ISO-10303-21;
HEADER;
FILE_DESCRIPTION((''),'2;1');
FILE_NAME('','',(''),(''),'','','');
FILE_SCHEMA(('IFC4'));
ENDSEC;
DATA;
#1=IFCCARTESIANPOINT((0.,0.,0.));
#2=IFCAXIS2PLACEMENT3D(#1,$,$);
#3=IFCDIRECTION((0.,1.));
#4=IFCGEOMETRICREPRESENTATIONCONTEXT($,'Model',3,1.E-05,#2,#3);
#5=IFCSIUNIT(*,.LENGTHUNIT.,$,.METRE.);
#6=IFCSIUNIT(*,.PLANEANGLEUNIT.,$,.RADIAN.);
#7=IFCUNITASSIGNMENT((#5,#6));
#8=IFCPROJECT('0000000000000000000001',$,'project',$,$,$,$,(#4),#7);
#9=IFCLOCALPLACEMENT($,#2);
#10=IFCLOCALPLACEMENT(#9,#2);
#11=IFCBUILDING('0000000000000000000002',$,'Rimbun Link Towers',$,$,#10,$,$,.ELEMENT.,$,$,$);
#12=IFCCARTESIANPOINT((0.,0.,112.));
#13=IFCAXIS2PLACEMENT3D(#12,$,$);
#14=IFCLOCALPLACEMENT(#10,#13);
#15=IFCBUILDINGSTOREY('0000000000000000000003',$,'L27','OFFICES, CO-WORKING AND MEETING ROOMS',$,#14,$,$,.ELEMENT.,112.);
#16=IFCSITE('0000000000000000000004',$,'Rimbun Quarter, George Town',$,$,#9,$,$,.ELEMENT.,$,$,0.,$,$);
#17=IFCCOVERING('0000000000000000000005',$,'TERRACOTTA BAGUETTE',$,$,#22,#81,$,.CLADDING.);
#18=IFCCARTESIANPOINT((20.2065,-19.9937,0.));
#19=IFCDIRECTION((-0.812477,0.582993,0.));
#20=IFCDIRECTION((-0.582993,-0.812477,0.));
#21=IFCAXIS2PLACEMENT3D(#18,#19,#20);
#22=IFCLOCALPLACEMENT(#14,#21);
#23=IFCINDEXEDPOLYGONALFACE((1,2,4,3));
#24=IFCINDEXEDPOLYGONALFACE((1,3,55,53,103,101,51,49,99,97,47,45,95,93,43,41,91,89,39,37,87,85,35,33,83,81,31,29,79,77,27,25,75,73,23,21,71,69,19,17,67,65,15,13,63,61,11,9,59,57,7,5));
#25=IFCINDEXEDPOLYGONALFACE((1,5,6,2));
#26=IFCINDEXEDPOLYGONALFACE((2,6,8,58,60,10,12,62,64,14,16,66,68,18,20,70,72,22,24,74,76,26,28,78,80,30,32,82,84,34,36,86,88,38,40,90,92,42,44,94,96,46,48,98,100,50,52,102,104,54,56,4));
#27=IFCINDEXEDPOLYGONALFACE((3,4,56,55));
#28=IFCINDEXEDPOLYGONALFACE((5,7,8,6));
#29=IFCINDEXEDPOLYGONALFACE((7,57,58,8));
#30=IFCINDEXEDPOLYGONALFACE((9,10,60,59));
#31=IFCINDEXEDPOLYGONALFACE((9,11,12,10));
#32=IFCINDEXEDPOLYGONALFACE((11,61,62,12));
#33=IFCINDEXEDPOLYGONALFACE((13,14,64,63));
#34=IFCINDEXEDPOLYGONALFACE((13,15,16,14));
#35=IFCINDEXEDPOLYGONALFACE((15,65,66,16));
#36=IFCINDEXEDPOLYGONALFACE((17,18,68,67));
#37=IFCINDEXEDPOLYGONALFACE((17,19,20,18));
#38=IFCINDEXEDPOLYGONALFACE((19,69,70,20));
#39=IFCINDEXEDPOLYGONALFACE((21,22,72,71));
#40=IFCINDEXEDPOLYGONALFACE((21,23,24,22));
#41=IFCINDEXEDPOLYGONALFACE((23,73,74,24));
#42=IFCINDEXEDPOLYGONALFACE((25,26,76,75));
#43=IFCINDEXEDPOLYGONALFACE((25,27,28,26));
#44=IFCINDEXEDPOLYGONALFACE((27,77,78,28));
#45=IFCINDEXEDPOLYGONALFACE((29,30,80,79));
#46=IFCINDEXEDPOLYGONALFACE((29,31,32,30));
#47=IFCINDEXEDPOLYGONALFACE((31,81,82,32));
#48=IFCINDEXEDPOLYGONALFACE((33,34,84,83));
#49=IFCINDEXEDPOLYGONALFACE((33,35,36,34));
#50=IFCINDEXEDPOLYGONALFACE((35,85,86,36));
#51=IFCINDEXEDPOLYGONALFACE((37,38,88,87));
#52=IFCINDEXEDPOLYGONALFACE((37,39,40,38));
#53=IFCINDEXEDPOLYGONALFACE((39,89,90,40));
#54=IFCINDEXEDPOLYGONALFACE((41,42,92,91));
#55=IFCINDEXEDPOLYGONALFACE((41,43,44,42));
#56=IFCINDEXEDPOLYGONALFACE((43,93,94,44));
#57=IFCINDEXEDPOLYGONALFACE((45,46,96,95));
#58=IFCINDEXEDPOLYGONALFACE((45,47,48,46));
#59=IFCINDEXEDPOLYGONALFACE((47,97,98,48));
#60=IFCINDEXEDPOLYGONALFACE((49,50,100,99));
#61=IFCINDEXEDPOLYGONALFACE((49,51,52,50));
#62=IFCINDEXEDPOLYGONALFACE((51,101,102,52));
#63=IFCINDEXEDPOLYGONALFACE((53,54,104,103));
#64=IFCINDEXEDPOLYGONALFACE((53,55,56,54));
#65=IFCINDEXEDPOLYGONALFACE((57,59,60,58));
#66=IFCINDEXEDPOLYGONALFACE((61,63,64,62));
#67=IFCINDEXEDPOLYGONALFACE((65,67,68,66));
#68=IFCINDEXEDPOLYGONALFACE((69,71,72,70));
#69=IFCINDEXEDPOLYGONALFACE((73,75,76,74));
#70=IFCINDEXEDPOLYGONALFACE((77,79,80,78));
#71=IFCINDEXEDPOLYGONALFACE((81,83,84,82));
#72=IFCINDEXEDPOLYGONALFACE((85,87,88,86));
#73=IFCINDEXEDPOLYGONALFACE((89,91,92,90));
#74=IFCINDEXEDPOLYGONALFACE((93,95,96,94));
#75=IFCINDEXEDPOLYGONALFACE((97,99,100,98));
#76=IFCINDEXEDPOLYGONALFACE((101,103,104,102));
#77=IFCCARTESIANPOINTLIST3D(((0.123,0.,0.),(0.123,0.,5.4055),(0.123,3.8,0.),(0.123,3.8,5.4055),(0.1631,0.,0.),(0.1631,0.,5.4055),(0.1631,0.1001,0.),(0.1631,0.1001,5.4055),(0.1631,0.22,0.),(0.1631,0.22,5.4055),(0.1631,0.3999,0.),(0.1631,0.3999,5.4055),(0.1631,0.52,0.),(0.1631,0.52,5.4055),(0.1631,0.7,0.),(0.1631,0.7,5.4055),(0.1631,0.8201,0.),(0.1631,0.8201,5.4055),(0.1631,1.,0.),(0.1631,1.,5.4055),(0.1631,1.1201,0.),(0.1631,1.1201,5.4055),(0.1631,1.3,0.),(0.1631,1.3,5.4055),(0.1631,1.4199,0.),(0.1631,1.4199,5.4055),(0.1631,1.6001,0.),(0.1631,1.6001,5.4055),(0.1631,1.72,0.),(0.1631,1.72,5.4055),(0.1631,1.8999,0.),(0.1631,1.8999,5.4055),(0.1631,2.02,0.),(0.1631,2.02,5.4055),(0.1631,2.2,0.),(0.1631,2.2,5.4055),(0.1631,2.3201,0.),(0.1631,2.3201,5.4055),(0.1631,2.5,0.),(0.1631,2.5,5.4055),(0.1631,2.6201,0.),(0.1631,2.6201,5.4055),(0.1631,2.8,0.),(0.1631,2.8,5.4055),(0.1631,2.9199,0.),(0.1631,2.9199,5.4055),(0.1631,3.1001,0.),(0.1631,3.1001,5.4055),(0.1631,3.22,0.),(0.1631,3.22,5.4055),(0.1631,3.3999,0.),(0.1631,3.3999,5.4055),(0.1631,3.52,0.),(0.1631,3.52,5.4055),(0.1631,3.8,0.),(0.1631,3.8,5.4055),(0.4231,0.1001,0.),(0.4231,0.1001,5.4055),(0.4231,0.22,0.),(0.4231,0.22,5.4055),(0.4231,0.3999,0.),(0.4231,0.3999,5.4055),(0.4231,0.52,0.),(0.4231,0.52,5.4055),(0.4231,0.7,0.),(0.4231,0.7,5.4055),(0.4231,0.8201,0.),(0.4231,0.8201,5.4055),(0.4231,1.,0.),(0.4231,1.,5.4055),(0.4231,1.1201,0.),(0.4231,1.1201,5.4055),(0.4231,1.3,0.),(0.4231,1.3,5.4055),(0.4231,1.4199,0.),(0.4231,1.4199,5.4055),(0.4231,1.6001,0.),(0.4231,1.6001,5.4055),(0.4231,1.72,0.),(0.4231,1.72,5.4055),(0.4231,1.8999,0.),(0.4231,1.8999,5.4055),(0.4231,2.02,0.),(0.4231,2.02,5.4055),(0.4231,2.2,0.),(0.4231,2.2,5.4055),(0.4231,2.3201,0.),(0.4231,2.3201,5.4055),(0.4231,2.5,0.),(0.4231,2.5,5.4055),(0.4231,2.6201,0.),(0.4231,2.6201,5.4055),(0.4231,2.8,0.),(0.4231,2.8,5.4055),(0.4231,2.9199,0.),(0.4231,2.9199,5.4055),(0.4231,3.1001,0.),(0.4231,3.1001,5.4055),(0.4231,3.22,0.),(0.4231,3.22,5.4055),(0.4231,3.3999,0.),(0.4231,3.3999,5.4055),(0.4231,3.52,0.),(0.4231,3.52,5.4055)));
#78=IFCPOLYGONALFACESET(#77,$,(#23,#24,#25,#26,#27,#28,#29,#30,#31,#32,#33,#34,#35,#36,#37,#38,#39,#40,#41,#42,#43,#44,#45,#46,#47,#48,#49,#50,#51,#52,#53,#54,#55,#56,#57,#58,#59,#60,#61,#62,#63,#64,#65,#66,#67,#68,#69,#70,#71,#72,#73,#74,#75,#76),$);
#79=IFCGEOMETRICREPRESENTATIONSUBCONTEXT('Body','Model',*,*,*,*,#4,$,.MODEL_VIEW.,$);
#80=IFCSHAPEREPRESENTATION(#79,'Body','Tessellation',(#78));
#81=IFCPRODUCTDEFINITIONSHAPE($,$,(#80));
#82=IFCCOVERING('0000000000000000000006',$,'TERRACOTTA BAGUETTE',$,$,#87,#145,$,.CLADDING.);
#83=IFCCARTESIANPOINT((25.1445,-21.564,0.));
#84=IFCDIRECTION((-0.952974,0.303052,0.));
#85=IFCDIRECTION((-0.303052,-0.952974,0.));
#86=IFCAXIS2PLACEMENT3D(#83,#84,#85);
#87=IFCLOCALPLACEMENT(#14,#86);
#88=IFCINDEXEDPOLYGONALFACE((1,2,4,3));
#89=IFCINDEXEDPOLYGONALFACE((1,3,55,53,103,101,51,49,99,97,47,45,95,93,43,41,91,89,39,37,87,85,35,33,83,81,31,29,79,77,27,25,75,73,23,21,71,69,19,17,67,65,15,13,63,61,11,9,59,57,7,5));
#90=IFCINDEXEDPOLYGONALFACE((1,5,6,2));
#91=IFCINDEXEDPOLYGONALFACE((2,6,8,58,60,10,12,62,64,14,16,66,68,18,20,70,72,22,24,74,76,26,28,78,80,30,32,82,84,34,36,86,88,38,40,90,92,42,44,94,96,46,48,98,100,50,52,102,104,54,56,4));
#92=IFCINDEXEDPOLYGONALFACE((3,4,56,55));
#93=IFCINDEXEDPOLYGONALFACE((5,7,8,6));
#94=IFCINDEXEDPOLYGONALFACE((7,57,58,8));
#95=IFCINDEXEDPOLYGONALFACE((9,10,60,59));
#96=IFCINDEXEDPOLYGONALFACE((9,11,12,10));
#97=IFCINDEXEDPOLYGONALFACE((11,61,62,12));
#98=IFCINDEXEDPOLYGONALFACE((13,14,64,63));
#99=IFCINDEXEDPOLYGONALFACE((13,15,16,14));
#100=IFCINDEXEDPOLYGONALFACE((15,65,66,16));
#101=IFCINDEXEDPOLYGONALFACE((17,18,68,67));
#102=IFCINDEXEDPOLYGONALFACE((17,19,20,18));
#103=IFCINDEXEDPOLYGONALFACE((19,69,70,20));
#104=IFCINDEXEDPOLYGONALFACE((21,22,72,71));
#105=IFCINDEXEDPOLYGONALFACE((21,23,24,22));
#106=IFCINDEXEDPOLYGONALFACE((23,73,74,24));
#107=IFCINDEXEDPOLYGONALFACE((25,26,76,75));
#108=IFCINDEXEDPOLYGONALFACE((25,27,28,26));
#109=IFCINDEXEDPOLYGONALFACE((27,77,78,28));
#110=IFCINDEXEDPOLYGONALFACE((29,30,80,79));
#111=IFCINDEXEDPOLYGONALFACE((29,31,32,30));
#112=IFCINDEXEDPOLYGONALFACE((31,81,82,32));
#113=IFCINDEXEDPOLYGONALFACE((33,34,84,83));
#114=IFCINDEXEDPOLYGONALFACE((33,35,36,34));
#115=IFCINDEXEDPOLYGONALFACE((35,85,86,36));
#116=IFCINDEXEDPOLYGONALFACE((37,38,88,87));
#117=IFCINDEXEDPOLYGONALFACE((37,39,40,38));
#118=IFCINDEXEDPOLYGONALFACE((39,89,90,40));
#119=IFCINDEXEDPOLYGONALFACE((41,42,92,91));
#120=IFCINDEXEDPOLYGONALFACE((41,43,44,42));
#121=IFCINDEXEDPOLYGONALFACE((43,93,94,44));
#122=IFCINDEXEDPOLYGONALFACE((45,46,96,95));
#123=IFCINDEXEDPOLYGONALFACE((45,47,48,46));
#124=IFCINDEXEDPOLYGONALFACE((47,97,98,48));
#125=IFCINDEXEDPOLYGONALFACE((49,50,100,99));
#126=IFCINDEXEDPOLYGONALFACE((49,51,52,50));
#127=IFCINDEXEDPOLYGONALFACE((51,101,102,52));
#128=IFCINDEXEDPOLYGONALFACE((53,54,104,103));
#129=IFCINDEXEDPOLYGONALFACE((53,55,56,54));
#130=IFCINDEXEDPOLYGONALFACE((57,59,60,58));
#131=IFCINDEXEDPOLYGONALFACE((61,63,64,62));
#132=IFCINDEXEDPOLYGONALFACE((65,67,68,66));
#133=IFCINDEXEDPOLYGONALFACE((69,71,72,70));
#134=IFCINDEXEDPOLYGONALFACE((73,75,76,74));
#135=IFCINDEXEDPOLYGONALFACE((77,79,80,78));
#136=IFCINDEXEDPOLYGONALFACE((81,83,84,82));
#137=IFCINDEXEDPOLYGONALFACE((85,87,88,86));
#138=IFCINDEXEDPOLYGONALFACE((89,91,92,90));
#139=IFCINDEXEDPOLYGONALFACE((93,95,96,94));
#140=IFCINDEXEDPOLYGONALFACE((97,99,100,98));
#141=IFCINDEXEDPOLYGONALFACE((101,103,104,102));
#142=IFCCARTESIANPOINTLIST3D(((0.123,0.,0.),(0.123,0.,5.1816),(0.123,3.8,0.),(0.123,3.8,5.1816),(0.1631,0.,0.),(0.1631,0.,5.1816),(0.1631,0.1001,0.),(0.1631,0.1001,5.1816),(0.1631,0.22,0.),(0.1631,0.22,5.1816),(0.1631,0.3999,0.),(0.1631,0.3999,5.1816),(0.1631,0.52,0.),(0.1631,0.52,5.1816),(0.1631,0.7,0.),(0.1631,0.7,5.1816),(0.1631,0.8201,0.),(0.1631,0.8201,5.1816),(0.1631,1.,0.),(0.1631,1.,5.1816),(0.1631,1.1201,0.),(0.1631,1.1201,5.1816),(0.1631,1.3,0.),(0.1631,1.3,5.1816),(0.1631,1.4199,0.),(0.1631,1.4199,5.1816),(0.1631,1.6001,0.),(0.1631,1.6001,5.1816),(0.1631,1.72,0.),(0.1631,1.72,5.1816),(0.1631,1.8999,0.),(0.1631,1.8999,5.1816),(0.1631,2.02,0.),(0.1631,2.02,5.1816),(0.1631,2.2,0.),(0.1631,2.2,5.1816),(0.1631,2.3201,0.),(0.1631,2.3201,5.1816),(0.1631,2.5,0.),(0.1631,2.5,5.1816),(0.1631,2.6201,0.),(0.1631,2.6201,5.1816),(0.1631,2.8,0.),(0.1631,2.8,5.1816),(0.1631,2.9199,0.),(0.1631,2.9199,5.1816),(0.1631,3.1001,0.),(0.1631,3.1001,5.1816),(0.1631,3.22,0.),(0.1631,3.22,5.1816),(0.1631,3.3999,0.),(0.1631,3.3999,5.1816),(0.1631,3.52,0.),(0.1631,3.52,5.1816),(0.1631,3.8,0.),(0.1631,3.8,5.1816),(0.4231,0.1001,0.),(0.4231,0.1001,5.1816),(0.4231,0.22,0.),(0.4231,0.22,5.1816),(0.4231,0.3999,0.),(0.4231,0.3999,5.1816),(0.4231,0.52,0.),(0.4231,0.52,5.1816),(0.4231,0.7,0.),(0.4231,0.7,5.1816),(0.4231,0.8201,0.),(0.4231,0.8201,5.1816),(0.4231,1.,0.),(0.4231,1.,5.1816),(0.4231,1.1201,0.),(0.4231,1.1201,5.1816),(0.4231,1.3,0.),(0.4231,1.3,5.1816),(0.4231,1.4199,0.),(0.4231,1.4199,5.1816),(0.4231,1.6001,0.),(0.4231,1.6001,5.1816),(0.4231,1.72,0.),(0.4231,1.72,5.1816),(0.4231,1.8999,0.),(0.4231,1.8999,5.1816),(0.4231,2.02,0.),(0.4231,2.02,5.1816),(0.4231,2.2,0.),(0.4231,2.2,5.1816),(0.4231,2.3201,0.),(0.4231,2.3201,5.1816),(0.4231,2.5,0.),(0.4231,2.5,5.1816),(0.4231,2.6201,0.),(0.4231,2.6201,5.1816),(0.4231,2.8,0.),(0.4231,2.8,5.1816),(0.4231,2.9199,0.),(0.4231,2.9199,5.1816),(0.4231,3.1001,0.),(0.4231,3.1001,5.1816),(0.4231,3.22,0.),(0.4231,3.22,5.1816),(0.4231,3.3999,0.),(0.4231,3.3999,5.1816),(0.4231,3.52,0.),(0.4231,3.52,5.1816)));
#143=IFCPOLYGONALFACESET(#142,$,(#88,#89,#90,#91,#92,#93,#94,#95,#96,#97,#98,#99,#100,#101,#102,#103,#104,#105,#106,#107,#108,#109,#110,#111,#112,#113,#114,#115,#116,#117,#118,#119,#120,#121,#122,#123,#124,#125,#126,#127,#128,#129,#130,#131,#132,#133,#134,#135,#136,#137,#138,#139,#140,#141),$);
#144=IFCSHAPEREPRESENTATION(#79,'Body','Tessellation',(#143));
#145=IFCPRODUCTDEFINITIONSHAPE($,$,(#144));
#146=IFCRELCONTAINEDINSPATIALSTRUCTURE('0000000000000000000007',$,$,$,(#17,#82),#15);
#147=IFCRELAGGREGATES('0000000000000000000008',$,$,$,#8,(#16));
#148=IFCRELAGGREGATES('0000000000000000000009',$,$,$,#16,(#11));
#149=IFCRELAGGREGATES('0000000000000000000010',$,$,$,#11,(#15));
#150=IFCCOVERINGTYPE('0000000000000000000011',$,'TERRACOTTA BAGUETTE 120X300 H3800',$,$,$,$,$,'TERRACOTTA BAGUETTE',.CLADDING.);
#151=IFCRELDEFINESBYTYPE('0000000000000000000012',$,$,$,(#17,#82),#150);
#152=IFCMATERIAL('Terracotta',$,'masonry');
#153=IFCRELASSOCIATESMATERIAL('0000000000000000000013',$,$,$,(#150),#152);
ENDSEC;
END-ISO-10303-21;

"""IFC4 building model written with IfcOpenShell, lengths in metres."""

from ifc_helpers import new_model, si_unit, direction, frame, origin, place, context, subcontext, project, spatial, polyline, outline, extrude, material, material_profile, profile_set, type_object, element, save


model = new_model("IFC4")

# Units and contexts
model_context = context("Model", 3, precision=1e-05, world=origin(), true_north=direction((0.0, 1.0)))
body_context = subcontext(model_context, "Body", "Model", "MODEL_VIEW")
ifc_project = project(units=[si_unit("LENGTHUNIT", "METRE"), si_unit("PLANEANGLEUNIT", "RADIAN")], contexts=[model_context])

# Site, building, storey
site_placement = place(None, origin())
site = spatial("IfcSite", under=ifc_project, at=site_placement, Name="Rimbun Quarter, George Town", CompositionType="ELEMENT", RefElevation=0.0)
building_placement = place(site_placement, origin())
building = spatial("IfcBuilding", under=site, at=building_placement, Name="Rimbun Link Towers", CompositionType="ELEMENT")
storey_placement = place(building_placement, frame((0.0, 0.0, 112.0)))
storey = spatial("IfcBuildingStorey", under=building, at=storey_placement, Name="L27", Description="OFFICES, CO-WORKING AND MEETING ROOMS", CompositionType="ELEMENT", Elevation=112.0)

# Coverings
ifc_material_1 = material(Name="Terracotta", Category="masonry")
ifc_material_profile_1 = material_profile(ifc_material_1, outline(polyline([(0.123, 0.0), (0.1631, 0.0), (0.1631, 0.1001), (0.4231, 0.1001), (0.4231, 0.22), (0.1631, 0.22), (0.1631, 0.3999), (0.4231, 0.3999), (0.4231, 0.52), (0.1631, 0.52), (0.1631, 0.7), (0.4231, 0.7), (0.4231, 0.8201), (0.1631, 0.8201), (0.1631, 1.0), (0.4231, 1.0), (0.4231, 1.1201), (0.1631, 1.1201), (0.1631, 1.3), (0.4231, 1.3), (0.4231, 1.4199), (0.1631, 1.4199), (0.1631, 1.6001), (0.4231, 1.6001), (0.4231, 1.72), (0.1631, 1.72), (0.1631, 1.8999), (0.4231, 1.8999), (0.4231, 2.02), (0.1631, 2.02), (0.1631, 2.2), (0.4231, 2.2), (0.4231, 2.3201), (0.1631, 2.3201), (0.1631, 2.5), (0.4231, 2.5), (0.4231, 2.6201), (0.1631, 2.6201), (0.1631, 2.8), (0.4231, 2.8), (0.4231, 2.9199), (0.1631, 2.9199), (0.1631, 3.1001), (0.4231, 3.1001), (0.4231, 3.22), (0.1631, 3.22), (0.1631, 3.3999), (0.4231, 3.3999), (0.4231, 3.52), (0.1631, 3.52), (0.1631, 3.8), (0.123, 3.8), (0.123, 0.0)])), Name="BAGUETTE 120X300")
ifc_profile_set_1 = profile_set([ifc_material_profile_1], Name="Terracotta")
covering_type = type_object("IfcCoveringType", Name="TERRACOTTA BAGUETTE 120X300 H3800", ElementType="TERRACOTTA BAGUETTE", PredefinedType="CLADDING", material=ifc_profile_set_1)
covering_1_placement = place(storey_placement, frame((20.2065, -19.9937, 0.0), z_axis=(-0.812477, 0.582993, 0.0), x_axis=(-0.582993, -0.812477, 0.0)))
element("IfcCovering", 1, at=covering_1_placement, inside=storey, type_object=covering_type, Name="TERRACOTTA BAGUETTE", PredefinedType="CLADDING", context=body_context, shape_type="SweptSolid", body=[
    extrude(outline(polyline([(0.123, 0.0), (0.1631, 0.0), (0.1631, 0.1001), (0.4231, 0.1001), (0.4231, 0.22), (0.1631, 0.22), (0.1631, 0.3999), (0.4231, 0.3999), (0.4231, 0.52), (0.1631, 0.52), (0.1631, 0.7), (0.4231, 0.7), (0.4231, 0.8201), (0.1631, 0.8201), (0.1631, 1.0), (0.4231, 1.0), (0.4231, 1.1201), (0.1631, 1.1201), (0.1631, 1.3), (0.4231, 1.3), (0.4231, 1.4199), (0.1631, 1.4199), (0.1631, 1.6001), (0.4231, 1.6001), (0.4231, 1.72), (0.1631, 1.72), (0.1631, 1.8999), (0.4231, 1.8999), (0.4231, 2.02), (0.1631, 2.02), (0.1631, 2.2), (0.4231, 2.2), (0.4231, 2.3201), (0.1631, 2.3201), (0.1631, 2.5), (0.4231, 2.5), (0.4231, 2.6201), (0.1631, 2.6201), (0.1631, 2.8), (0.4231, 2.8), (0.4231, 2.9199), (0.1631, 2.9199), (0.1631, 3.1001), (0.4231, 3.1001), (0.4231, 3.22), (0.1631, 3.22), (0.1631, 3.3999), (0.4231, 3.3999), (0.4231, 3.52), (0.1631, 3.52), (0.1631, 3.8), (0.123, 3.8), (0.123, 0.0)])), origin(), (0.0, 0.0, 1.0), 5.4055),
])
covering_2_placement = place(storey_placement, frame((25.1445, -21.564, 0.0), z_axis=(-0.952974, 0.303052, 0.0), x_axis=(-0.303052, -0.952974, 0.0)))
element("IfcCovering", 2, at=covering_2_placement, inside=storey, type_object=covering_type, Name="TERRACOTTA BAGUETTE", PredefinedType="CLADDING", context=body_context, shape_type="SweptSolid", body=[
    extrude(outline(polyline([(0.123, 0.0), (0.1631, 0.0), (0.1631, 0.1001), (0.4231, 0.1001), (0.4231, 0.22), (0.1631, 0.22), (0.1631, 0.3999), (0.4231, 0.3999), (0.4231, 0.52), (0.1631, 0.52), (0.1631, 0.7), (0.4231, 0.7), (0.4231, 0.8201), (0.1631, 0.8201), (0.1631, 1.0), (0.4231, 1.0), (0.4231, 1.1201), (0.1631, 1.1201), (0.1631, 1.3), (0.4231, 1.3), (0.4231, 1.4199), (0.1631, 1.4199), (0.1631, 1.6001), (0.4231, 1.6001), (0.4231, 1.72), (0.1631, 1.72), (0.1631, 1.8999), (0.4231, 1.8999), (0.4231, 2.02), (0.1631, 2.02), (0.1631, 2.2), (0.4231, 2.2), (0.4231, 2.3201), (0.1631, 2.3201), (0.1631, 2.5), (0.4231, 2.5), (0.4231, 2.6201), (0.1631, 2.6201), (0.1631, 2.8), (0.4231, 2.8), (0.4231, 2.9199), (0.1631, 2.9199), (0.1631, 3.1001), (0.4231, 3.1001), (0.4231, 3.22), (0.1631, 3.22), (0.1631, 3.3999), (0.4231, 3.3999), (0.4231, 3.52), (0.1631, 3.52), (0.1631, 3.8), (0.123, 3.8), (0.123, 0.0)])), origin(), (0.0, 0.0, 1.0), 5.1816),
])

save(model, "model.ifc")
